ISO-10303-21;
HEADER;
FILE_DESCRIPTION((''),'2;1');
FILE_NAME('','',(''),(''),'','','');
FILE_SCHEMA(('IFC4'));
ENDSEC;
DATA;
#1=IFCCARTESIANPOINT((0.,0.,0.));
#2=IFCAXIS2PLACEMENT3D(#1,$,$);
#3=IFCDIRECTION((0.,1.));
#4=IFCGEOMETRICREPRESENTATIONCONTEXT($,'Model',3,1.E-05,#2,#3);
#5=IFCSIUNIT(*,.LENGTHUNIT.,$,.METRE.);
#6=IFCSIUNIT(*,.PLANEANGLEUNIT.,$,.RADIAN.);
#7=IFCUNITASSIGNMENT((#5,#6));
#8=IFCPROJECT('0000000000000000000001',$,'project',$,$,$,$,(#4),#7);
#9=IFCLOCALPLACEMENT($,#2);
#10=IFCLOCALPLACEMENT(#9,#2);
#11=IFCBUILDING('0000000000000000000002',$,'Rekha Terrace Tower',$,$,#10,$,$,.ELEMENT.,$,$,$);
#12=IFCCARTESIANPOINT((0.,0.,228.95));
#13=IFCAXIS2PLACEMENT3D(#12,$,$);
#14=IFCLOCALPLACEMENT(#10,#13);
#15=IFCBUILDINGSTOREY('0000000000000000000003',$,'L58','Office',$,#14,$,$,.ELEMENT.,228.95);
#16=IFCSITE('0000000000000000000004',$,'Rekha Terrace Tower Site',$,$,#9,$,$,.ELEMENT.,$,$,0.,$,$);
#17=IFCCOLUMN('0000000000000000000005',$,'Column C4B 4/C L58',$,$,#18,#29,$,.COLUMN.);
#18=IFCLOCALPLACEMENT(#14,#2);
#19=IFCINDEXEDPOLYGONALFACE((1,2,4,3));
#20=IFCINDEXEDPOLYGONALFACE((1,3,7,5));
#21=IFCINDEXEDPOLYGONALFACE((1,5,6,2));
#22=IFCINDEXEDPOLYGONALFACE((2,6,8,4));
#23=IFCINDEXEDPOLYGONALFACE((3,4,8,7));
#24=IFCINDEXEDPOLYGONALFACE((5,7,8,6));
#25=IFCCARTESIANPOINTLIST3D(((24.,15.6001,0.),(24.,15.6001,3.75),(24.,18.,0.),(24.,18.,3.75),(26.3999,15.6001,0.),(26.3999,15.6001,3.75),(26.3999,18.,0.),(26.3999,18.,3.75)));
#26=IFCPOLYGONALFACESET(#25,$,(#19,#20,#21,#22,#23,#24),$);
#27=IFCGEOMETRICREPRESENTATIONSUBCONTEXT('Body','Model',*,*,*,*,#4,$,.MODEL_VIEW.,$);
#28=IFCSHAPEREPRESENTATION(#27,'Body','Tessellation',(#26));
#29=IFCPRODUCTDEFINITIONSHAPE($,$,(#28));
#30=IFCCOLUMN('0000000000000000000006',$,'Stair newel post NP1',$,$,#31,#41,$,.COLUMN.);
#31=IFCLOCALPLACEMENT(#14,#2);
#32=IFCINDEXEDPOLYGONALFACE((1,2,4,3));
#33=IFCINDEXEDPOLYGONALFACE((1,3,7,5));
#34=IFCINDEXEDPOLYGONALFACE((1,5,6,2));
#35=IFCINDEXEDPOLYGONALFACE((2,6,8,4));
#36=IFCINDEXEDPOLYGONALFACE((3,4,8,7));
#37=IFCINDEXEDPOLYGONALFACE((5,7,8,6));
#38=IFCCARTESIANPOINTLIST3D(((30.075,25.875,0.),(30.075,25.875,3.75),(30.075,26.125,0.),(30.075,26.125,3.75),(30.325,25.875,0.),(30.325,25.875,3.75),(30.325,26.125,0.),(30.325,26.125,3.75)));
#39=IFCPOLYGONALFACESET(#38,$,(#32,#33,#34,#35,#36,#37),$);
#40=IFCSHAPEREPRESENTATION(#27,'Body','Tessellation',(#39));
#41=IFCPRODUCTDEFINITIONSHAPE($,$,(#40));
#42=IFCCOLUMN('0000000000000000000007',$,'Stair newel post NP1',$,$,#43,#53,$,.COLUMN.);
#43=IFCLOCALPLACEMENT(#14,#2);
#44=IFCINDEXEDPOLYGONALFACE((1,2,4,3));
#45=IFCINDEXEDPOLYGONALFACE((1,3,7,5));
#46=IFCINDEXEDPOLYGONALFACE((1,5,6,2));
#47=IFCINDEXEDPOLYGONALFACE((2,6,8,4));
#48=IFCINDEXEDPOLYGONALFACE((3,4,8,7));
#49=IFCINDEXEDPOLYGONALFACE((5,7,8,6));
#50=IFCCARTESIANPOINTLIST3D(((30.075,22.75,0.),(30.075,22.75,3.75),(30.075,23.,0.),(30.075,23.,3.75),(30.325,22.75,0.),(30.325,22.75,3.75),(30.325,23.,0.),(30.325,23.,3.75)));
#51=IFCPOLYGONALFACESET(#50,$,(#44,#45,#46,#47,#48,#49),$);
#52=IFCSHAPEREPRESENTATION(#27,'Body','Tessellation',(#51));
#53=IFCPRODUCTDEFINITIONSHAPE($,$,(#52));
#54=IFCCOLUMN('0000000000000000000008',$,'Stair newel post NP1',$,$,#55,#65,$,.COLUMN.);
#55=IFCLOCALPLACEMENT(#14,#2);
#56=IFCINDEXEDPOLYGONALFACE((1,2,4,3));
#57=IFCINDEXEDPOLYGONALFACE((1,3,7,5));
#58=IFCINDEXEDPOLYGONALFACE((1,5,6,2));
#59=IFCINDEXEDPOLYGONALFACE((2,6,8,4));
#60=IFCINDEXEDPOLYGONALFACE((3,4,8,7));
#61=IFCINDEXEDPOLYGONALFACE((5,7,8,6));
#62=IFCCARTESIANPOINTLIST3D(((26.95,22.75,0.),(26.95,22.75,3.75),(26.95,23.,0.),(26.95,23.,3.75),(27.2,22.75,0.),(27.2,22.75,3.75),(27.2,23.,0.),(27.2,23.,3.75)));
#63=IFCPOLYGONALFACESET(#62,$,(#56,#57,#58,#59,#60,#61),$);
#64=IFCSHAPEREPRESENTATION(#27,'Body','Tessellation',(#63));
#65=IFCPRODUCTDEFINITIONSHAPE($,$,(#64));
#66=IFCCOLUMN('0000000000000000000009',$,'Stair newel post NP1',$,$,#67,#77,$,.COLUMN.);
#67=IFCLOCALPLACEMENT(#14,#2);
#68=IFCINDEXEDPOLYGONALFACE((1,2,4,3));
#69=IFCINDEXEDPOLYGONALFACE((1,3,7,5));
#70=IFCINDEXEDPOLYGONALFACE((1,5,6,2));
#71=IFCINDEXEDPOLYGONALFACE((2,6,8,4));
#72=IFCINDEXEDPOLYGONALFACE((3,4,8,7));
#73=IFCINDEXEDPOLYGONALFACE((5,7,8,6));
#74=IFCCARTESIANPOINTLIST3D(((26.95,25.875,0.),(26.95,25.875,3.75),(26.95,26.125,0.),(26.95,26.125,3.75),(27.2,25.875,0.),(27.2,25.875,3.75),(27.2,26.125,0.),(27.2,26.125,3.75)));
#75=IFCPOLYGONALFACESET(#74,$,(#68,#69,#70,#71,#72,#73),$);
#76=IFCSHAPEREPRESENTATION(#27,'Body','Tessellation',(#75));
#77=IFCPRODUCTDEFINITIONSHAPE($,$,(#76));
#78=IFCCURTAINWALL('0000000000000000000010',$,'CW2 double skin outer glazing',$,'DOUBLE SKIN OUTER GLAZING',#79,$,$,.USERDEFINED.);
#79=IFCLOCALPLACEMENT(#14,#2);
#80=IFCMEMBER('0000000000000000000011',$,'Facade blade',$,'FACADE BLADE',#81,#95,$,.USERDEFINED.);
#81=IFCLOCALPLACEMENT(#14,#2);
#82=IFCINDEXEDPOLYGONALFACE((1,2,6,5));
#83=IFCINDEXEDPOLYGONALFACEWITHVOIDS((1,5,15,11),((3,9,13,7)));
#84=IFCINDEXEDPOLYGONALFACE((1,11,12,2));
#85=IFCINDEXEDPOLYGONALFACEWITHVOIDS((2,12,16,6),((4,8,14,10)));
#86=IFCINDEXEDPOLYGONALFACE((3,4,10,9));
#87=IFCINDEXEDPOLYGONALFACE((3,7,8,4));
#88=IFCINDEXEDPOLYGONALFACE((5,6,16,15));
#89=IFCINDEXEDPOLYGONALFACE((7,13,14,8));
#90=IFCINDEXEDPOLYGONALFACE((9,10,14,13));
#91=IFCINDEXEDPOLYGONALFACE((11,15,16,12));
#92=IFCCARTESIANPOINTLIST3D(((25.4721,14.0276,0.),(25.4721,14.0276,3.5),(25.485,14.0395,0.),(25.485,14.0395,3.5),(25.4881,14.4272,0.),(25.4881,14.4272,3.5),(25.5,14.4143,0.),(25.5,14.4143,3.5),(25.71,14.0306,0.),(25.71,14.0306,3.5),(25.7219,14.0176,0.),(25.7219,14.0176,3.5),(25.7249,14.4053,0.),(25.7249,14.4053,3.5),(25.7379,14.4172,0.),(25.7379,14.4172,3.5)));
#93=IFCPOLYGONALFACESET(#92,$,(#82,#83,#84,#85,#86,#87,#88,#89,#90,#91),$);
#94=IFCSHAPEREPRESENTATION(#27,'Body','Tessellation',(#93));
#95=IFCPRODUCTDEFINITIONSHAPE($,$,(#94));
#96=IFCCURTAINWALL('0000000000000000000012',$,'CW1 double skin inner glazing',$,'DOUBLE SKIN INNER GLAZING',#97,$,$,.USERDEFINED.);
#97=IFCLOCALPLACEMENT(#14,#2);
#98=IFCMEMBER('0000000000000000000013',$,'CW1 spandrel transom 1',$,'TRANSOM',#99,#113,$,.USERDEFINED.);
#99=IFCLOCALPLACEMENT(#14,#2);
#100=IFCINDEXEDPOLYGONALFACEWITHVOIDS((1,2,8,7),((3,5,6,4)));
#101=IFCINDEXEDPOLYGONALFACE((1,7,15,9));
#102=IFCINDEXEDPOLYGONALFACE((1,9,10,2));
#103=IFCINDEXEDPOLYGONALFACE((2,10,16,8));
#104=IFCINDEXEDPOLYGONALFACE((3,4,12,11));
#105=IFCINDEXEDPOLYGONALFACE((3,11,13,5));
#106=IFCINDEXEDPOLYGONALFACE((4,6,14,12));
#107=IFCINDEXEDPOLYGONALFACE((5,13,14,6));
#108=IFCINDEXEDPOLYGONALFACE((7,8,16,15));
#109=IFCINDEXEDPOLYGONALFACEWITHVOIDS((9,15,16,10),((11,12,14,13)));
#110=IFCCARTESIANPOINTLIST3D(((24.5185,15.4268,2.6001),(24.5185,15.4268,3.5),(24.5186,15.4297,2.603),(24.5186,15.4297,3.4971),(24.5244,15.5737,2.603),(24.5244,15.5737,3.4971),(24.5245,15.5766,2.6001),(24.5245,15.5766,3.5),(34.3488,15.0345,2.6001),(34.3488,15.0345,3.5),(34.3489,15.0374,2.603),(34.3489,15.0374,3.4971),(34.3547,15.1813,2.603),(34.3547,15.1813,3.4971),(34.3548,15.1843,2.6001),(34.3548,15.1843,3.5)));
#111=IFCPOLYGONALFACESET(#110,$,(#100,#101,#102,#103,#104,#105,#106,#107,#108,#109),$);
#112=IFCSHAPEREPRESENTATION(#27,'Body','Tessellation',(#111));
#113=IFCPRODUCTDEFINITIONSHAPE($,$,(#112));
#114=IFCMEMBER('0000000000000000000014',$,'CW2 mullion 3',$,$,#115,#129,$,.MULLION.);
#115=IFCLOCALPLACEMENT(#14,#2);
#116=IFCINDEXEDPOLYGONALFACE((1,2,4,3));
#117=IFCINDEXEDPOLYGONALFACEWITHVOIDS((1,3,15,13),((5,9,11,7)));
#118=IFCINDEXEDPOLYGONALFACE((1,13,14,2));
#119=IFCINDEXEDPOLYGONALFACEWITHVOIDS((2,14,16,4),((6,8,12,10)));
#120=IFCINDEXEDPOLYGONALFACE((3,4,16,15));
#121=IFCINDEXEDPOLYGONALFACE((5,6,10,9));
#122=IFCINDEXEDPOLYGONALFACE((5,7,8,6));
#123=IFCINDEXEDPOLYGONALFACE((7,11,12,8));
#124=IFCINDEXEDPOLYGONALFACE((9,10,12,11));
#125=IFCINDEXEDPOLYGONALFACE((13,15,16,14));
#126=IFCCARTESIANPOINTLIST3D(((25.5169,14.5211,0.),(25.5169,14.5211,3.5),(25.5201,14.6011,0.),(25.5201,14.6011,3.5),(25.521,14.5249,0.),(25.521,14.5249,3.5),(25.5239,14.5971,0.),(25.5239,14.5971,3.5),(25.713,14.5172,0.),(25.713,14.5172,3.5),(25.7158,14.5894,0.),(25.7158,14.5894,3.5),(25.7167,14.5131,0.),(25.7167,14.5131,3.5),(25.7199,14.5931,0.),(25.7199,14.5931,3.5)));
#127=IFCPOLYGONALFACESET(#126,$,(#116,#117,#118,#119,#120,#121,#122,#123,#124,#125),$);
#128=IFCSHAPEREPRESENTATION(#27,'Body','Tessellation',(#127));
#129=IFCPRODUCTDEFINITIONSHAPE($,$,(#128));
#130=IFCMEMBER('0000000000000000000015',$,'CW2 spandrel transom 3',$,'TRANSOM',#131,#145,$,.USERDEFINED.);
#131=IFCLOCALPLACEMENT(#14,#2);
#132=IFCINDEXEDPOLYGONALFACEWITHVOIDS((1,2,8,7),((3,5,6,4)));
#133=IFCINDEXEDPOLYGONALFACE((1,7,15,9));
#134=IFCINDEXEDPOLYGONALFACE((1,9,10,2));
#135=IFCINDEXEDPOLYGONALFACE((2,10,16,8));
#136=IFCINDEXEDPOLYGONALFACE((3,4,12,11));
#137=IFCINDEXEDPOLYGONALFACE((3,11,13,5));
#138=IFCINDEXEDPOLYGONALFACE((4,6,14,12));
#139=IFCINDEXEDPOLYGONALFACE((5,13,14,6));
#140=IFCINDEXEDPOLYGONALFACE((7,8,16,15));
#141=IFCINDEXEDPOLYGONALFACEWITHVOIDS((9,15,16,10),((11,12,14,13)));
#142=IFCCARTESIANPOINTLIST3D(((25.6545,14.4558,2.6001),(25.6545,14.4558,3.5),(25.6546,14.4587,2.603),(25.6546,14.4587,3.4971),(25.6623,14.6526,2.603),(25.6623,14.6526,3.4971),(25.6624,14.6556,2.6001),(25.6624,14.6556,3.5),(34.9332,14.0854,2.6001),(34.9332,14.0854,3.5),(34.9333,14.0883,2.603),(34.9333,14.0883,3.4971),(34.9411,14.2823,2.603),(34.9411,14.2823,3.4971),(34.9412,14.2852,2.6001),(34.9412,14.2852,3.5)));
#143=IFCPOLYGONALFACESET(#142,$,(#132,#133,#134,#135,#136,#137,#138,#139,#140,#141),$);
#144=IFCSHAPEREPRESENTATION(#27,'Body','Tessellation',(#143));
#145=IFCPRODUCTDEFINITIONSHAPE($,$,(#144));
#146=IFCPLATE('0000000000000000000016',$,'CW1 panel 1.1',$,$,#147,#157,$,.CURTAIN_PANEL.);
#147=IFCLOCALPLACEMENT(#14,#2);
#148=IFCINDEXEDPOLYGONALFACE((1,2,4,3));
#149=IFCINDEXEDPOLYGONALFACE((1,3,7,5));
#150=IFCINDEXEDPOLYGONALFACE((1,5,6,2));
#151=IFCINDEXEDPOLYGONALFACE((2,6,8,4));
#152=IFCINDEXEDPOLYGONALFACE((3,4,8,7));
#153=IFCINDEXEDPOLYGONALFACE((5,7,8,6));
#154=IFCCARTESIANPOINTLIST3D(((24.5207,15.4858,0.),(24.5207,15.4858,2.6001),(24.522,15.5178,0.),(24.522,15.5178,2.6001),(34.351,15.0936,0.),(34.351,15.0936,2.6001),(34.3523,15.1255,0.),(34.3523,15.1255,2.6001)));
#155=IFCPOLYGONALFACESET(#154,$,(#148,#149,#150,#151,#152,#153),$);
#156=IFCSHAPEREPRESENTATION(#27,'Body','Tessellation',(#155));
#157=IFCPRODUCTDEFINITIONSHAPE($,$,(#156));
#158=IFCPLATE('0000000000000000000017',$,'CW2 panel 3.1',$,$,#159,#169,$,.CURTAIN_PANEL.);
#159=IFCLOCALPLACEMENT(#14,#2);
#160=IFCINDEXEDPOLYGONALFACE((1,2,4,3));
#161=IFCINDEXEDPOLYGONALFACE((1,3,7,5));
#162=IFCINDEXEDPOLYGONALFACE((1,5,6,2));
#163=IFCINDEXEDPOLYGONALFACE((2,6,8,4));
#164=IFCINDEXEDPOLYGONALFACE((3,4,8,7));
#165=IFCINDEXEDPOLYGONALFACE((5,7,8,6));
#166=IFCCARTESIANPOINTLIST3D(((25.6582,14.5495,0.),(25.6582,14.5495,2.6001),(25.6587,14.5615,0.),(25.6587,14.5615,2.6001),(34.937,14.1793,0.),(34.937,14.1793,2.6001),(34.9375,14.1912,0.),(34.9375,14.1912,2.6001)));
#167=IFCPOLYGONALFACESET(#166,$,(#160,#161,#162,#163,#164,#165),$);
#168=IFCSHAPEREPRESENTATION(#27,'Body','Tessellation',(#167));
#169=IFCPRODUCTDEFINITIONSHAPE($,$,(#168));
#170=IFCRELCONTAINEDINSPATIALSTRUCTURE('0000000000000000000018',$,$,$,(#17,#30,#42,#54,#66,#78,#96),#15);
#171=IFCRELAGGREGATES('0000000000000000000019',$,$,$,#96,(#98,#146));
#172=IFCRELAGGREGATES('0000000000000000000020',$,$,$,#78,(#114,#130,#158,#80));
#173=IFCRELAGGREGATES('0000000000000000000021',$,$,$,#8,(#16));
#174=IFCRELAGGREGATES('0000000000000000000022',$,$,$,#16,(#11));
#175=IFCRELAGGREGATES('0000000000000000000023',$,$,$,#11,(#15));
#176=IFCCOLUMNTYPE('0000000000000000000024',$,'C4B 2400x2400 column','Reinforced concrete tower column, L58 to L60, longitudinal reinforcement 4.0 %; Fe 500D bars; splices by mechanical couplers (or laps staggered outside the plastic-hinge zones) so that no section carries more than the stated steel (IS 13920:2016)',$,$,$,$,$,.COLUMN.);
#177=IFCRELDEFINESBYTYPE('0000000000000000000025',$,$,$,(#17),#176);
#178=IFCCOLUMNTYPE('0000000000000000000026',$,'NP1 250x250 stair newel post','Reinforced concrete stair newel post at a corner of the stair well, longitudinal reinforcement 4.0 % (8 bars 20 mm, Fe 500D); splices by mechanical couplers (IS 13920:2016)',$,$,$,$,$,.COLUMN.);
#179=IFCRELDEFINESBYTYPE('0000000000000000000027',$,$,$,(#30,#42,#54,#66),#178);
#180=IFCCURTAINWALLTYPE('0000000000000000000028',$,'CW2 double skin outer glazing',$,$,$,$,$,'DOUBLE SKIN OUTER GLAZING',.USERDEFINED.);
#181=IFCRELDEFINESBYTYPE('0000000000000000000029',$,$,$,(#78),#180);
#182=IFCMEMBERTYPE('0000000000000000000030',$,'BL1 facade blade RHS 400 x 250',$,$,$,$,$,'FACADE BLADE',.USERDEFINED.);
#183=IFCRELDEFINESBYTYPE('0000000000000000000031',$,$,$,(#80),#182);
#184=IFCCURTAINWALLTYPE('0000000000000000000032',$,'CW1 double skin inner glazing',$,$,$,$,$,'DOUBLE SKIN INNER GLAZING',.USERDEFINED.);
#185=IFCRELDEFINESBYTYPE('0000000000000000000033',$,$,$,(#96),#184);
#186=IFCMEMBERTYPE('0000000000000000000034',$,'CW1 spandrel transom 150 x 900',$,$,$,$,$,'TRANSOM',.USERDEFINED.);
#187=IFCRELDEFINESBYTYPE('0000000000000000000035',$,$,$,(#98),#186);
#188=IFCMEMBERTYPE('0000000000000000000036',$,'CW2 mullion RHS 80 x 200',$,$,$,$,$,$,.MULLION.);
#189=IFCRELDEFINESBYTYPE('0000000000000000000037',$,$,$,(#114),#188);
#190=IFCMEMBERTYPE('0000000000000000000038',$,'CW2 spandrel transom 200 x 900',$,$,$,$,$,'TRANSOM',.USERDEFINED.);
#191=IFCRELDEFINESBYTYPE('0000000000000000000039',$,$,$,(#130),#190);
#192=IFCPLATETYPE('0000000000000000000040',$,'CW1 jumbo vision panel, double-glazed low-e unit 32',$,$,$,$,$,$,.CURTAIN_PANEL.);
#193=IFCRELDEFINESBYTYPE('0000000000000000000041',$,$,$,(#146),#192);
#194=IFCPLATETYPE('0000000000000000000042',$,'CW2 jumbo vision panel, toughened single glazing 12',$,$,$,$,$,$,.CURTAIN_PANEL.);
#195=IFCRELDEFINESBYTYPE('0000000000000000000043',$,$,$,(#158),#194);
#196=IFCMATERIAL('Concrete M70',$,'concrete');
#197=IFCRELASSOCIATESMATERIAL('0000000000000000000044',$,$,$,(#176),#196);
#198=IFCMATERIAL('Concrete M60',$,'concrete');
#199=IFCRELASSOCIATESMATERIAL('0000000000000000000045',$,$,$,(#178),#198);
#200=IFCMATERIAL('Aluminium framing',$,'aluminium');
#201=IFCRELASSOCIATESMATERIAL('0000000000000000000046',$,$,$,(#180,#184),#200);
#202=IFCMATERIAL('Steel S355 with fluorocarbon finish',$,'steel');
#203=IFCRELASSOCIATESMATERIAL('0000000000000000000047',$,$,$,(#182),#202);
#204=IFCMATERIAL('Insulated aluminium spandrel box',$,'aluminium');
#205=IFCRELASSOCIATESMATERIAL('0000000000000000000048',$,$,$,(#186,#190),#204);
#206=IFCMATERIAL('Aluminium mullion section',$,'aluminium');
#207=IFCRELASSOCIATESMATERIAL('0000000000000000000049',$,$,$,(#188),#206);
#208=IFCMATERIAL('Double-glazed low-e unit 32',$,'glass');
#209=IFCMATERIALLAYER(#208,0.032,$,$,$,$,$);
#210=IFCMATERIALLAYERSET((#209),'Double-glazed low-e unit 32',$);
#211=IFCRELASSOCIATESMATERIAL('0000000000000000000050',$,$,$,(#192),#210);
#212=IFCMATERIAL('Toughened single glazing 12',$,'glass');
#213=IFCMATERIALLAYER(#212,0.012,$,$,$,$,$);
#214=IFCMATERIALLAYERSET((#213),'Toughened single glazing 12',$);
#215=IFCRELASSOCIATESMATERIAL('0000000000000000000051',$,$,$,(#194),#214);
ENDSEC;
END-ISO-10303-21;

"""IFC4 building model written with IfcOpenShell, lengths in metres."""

from ifc_helpers import new_model, si_unit, direction, frame, origin, origin_2d, place, context, subcontext, project, spatial, rectangle, hollow_rectangle, extrude, material, layer, layer_set, material_profile, profile_set, type_object, element, aggregate, save


model = new_model("IFC4")

# Units and contexts
model_context = context("Model", 3, precision=1e-05, world=origin(), true_north=direction((0.0, 1.0)))
body_context = subcontext(model_context, "Body", "Model", "MODEL_VIEW")
ifc_project = project(units=[si_unit("LENGTHUNIT", "METRE"), si_unit("PLANEANGLEUNIT", "RADIAN")], contexts=[model_context])

# Site, building, storey
site_placement = place(None, origin())
site = spatial("IfcSite", under=ifc_project, at=site_placement, Name="Rekha Terrace Tower Site", CompositionType="ELEMENT", RefElevation=0.0)
building_placement = place(site_placement, origin())
building = spatial("IfcBuilding", under=site, at=building_placement, Name="Rekha Terrace Tower", CompositionType="ELEMENT")
storey_placement = place(building_placement, frame((0.0, 0.0, 228.95)))
storey = spatial("IfcBuildingStorey", under=building, at=storey_placement, Name="L58", Description="Office", CompositionType="ELEMENT", Elevation=228.95)

# Columns
ifc_material_1 = material(Name="Concrete M70", Category="concrete")
ifc_material_profile_1 = material_profile(ifc_material_1, rectangle(XDim=2.3999, YDim=2.3999, at=origin_2d()), Name="RC 2400x2400")
ifc_profile_set_1 = profile_set([ifc_material_profile_1], Name="Concrete M70")
column_type_1 = type_object("IfcColumnType", Name="C4B 2400x2400 column", Description="Reinforced concrete tower column, L58 to L60, longitudinal reinforcement 4.0 %; Fe 500D bars; splices by mechanical couplers (or laps staggered outside the plastic-hinge zones) so that no section carries more than the stated steel (IS 13920:2016)", PredefinedType="COLUMN", material=ifc_profile_set_1)
column_placement = place(storey_placement, frame((25.2, 16.8, 0.0), z_axis=(0.0, 0.0, 1.0), x_axis=(1.0, 0.0, 0.0)))
element("IfcColumn", 1, at=column_placement, inside=storey, type_object=column_type_1, Name="Column C4B 4/C L58", PredefinedType="COLUMN", context=body_context, shape_type="SweptSolid", body=[
    extrude(rectangle(XDim=2.3999, YDim=2.3999, at=origin_2d()), origin(), (0.0, 0.0, 1.0), 3.75),
])
ifc_material_2 = material(Name="Concrete M60", Category="concrete")
ifc_material_profile_2 = material_profile(ifc_material_2, rectangle(XDim=0.25, YDim=0.25, at=origin_2d()), Name="RC 250x250")
ifc_profile_set_2 = profile_set([ifc_material_profile_2], Name="Concrete M60")
column_type_2 = type_object("IfcColumnType", Name="NP1 250x250 stair newel post", Description="Reinforced concrete stair newel post at a corner of the stair well, longitudinal reinforcement 4.0 % (8 bars 20 mm, Fe 500D); splices by mechanical couplers (IS 13920:2016)", PredefinedType="COLUMN", material=ifc_profile_set_2)
for number, where, z_axis, x_axis, name in (
    (2, (30.2, 26.0, 0.0), (0.0, 0.0, 1.0), (1.0, 0.0, 0.0), "Stair newel post NP1"),
    (3, (30.2, 22.875, 0.0), (0.0, 0.0, 1.0), (1.0, 0.0, 0.0), "Stair newel post NP1"),
    (4, (27.075, 22.875, 0.0), (0.0, 0.0, 1.0), (1.0, 0.0, 0.0), "Stair newel post NP1"),
    (5, (27.075, 26.0, 0.0), (0.0, 0.0, 1.0), (1.0, 0.0, 0.0), "Stair newel post NP1"),
):
    element("IfcColumn", number, at=place(storey_placement, frame(where, z_axis=z_axis, x_axis=x_axis)), inside=storey, type_object=column_type_2, Name=name, PredefinedType="COLUMN", context=body_context, shape_type="SweptSolid", body=[
        extrude(rectangle(XDim=0.25, YDim=0.25, at=origin_2d()), origin(), (0.0, 0.0, 1.0), 3.75),
    ])

# Curtain walls, members
ifc_material_3 = material(Name="Aluminium framing", Category="aluminium")
curtain_wall_type_1 = type_object("IfcCurtainWallType", Name="CW2 double skin outer glazing", ElementType="DOUBLE SKIN OUTER GLAZING", PredefinedType="USERDEFINED", material=ifc_material_3)
curtain_wall_1_placement = place(storey_placement, origin())
curtain_wall_1 = element("IfcCurtainWall", 6, at=curtain_wall_1_placement, inside=storey, type_object=curtain_wall_type_1, Name="CW2 double skin outer glazing", ObjectType="DOUBLE SKIN OUTER GLAZING", PredefinedType="USERDEFINED")
ifc_material_4 = material(Name="Steel S355 with fluorocarbon finish", Category="steel")
ifc_material_profile_3 = material_profile(ifc_material_4, hollow_rectangle(XDim=0.25, YDim=0.3999, WallThickness=0.0125, at=origin_2d()), Name="RHS400x250x12.5")
ifc_profile_set_3 = profile_set([ifc_material_profile_3], Name="Steel S355 with fluorocarbon finish")
member_type_1 = type_object("IfcMemberType", Name="BL1 facade blade RHS 400 x 250", ElementType="FACADE BLADE", PredefinedType="USERDEFINED", material=ifc_profile_set_3)
member_1_placement = place(storey_placement, frame((25.605, 14.2224, 0.0), z_axis=(0.0, 0.0, 1.0), x_axis=(0.999205, -0.039872, 0.0)))
member_1 = element("IfcMember", 7, at=member_1_placement, type_object=member_type_1, Name="Facade blade", ObjectType="FACADE BLADE", PredefinedType="USERDEFINED", context=body_context, shape_type="SweptSolid", body=[
    extrude(hollow_rectangle(XDim=0.25, YDim=0.3999, WallThickness=0.0125, at=origin_2d()), origin(), (0.0, 0.0, 1.0), 3.5),
])
curtain_wall_type_2 = type_object("IfcCurtainWallType", Name="CW1 double skin inner glazing", ElementType="DOUBLE SKIN INNER GLAZING", PredefinedType="USERDEFINED", material=ifc_material_3)
curtain_wall_2_placement = place(storey_placement, origin())
curtain_wall_2 = element("IfcCurtainWall", 8, at=curtain_wall_2_placement, inside=storey, type_object=curtain_wall_type_2, Name="CW1 double skin inner glazing", ObjectType="DOUBLE SKIN INNER GLAZING", PredefinedType="USERDEFINED")
ifc_material_5 = material(Name="Insulated aluminium spandrel box", Category="aluminium")
ifc_material_profile_4 = material_profile(ifc_material_5, hollow_rectangle(XDim=0.1499, YDim=0.8999, WallThickness=0.0029, at=origin_2d()), Name="AL SPANDREL BOX 150x900")
ifc_profile_set_4 = profile_set([ifc_material_profile_4], Name="Insulated aluminium spandrel box")
member_type_2 = type_object("IfcMemberType", Name="CW1 spandrel transom 150 x 900", ElementType="TRANSOM", PredefinedType="USERDEFINED", material=ifc_profile_set_4)
member_2_placement = place(storey_placement, frame((24.5215, 15.5017, 3.05), z_axis=(0.999205, -0.039879, 0.0), x_axis=(0.039879, 0.999205, 0.0)))
member_2 = element("IfcMember", 9, at=member_2_placement, type_object=member_type_2, Name="CW1 spandrel transom 1", ObjectType="TRANSOM", PredefinedType="USERDEFINED", context=body_context, shape_type="SweptSolid", body=[
    extrude(hollow_rectangle(XDim=0.1499, YDim=0.8999, WallThickness=0.0029, at=origin_2d()), origin(), (0.0, 0.0, 1.0), 9.8381),
])

# Members
ifc_material_6 = material(Name="Aluminium mullion section", Category="aluminium")
ifc_material_profile_5 = material_profile(ifc_material_6, hollow_rectangle(XDim=0.0801, YDim=0.2, WallThickness=0.0039, at=origin_2d()), Name="AL RHS 80x200")
ifc_profile_set_5 = profile_set([ifc_material_profile_5], Name="Aluminium mullion section")
member_type_3 = type_object("IfcMemberType", Name="CW2 mullion RHS 80 x 200", PredefinedType="MULLION", material=ifc_profile_set_5)
member_3_placement = place(storey_placement, frame((25.6184, 14.5571, 0.0), z_axis=(0.0, 0.0, 1.0), x_axis=(0.039872, 0.999205, 0.0)))
member_3 = element("IfcMember", 10, at=member_3_placement, type_object=member_type_3, Name="CW2 mullion 3", PredefinedType="MULLION", context=body_context, shape_type="SweptSolid", body=[
    extrude(hollow_rectangle(XDim=0.0801, YDim=0.2, WallThickness=0.0039, at=origin_2d()), origin(), (0.0, 0.0, 1.0), 3.5),
])
ifc_material_profile_6 = material_profile(ifc_material_5, hollow_rectangle(XDim=0.2, YDim=0.8999, WallThickness=0.0029, at=origin_2d()), Name="AL SPANDREL BOX 200x900")
ifc_profile_set_6 = profile_set([ifc_material_profile_6], Name="Insulated aluminium spandrel box")
member_type_4 = type_object("IfcMemberType", Name="CW2 spandrel transom 200 x 900", ElementType="TRANSOM", PredefinedType="USERDEFINED", material=ifc_profile_set_6)
member_4_placement = place(storey_placement, frame((25.6584, 14.5557, 3.05), z_axis=(0.999204, -0.039883, 0.0), x_axis=(0.039883, 0.999204, 0.0)))
member_4 = element("IfcMember", 11, at=member_4_placement, type_object=member_type_4, Name="CW2 spandrel transom 3", ObjectType="TRANSOM", PredefinedType="USERDEFINED", context=body_context, shape_type="SweptSolid", body=[
    extrude(hollow_rectangle(XDim=0.2, YDim=0.8999, WallThickness=0.0029, at=origin_2d()), origin(), (0.0, 0.0, 1.0), 9.2861),
])

# Plates
ifc_material_7 = material(Name="Double-glazed low-e unit 32", Category="glass")
ifc_layer_1 = layer(ifc_material_7, 0.032)
ifc_layer_set_1 = layer_set([ifc_layer_1], Name="Double-glazed low-e unit 32")
plate_type_1 = type_object("IfcPlateType", Name="CW1 jumbo vision panel, double-glazed low-e unit 32", PredefinedType="CURTAIN_PANEL", material=ifc_layer_set_1)
plate_1_placement = place(storey_placement, frame((29.4365, 15.3057, 0.0), z_axis=(0.0, 0.0, 1.0), x_axis=(0.999205, -0.039872, 0.0)))
plate_1 = element("IfcPlate", 12, at=plate_1_placement, type_object=plate_type_1, Name="CW1 panel 1.1", PredefinedType="CURTAIN_PANEL", context=body_context, shape_type="SweptSolid", body=[
    extrude(rectangle(XDim=9.8381, YDim=0.032, at=origin_2d()), origin(), (0.0, 0.0, 1.0), 2.6001),
])
aggregate(curtain_wall_2, [member_2, plate_1])
ifc_material_8 = material(Name="Toughened single glazing 12", Category="glass")
ifc_layer_2 = layer(ifc_material_8, 0.012)
ifc_layer_set_2 = layer_set([ifc_layer_2], Name="Toughened single glazing 12")
plate_type_2 = type_object("IfcPlateType", Name="CW2 jumbo vision panel, toughened single glazing 12", PredefinedType="CURTAIN_PANEL", material=ifc_layer_set_2)
plate_2_placement = place(storey_placement, frame((30.2979, 14.3704, 0.0), z_axis=(0.0, 0.0, 1.0), x_axis=(0.999205, -0.039872, 0.0)))
plate_2 = element("IfcPlate", 13, at=plate_2_placement, type_object=plate_type_2, Name="CW2 panel 3.1", PredefinedType="CURTAIN_PANEL", context=body_context, shape_type="SweptSolid", body=[
    extrude(rectangle(XDim=9.2861, YDim=0.012, at=origin_2d()), origin(), (0.0, 0.0, 1.0), 2.6001),
])
aggregate(curtain_wall_1, [member_3, member_4, plate_2, member_1])

save(model, "model.ifc")
